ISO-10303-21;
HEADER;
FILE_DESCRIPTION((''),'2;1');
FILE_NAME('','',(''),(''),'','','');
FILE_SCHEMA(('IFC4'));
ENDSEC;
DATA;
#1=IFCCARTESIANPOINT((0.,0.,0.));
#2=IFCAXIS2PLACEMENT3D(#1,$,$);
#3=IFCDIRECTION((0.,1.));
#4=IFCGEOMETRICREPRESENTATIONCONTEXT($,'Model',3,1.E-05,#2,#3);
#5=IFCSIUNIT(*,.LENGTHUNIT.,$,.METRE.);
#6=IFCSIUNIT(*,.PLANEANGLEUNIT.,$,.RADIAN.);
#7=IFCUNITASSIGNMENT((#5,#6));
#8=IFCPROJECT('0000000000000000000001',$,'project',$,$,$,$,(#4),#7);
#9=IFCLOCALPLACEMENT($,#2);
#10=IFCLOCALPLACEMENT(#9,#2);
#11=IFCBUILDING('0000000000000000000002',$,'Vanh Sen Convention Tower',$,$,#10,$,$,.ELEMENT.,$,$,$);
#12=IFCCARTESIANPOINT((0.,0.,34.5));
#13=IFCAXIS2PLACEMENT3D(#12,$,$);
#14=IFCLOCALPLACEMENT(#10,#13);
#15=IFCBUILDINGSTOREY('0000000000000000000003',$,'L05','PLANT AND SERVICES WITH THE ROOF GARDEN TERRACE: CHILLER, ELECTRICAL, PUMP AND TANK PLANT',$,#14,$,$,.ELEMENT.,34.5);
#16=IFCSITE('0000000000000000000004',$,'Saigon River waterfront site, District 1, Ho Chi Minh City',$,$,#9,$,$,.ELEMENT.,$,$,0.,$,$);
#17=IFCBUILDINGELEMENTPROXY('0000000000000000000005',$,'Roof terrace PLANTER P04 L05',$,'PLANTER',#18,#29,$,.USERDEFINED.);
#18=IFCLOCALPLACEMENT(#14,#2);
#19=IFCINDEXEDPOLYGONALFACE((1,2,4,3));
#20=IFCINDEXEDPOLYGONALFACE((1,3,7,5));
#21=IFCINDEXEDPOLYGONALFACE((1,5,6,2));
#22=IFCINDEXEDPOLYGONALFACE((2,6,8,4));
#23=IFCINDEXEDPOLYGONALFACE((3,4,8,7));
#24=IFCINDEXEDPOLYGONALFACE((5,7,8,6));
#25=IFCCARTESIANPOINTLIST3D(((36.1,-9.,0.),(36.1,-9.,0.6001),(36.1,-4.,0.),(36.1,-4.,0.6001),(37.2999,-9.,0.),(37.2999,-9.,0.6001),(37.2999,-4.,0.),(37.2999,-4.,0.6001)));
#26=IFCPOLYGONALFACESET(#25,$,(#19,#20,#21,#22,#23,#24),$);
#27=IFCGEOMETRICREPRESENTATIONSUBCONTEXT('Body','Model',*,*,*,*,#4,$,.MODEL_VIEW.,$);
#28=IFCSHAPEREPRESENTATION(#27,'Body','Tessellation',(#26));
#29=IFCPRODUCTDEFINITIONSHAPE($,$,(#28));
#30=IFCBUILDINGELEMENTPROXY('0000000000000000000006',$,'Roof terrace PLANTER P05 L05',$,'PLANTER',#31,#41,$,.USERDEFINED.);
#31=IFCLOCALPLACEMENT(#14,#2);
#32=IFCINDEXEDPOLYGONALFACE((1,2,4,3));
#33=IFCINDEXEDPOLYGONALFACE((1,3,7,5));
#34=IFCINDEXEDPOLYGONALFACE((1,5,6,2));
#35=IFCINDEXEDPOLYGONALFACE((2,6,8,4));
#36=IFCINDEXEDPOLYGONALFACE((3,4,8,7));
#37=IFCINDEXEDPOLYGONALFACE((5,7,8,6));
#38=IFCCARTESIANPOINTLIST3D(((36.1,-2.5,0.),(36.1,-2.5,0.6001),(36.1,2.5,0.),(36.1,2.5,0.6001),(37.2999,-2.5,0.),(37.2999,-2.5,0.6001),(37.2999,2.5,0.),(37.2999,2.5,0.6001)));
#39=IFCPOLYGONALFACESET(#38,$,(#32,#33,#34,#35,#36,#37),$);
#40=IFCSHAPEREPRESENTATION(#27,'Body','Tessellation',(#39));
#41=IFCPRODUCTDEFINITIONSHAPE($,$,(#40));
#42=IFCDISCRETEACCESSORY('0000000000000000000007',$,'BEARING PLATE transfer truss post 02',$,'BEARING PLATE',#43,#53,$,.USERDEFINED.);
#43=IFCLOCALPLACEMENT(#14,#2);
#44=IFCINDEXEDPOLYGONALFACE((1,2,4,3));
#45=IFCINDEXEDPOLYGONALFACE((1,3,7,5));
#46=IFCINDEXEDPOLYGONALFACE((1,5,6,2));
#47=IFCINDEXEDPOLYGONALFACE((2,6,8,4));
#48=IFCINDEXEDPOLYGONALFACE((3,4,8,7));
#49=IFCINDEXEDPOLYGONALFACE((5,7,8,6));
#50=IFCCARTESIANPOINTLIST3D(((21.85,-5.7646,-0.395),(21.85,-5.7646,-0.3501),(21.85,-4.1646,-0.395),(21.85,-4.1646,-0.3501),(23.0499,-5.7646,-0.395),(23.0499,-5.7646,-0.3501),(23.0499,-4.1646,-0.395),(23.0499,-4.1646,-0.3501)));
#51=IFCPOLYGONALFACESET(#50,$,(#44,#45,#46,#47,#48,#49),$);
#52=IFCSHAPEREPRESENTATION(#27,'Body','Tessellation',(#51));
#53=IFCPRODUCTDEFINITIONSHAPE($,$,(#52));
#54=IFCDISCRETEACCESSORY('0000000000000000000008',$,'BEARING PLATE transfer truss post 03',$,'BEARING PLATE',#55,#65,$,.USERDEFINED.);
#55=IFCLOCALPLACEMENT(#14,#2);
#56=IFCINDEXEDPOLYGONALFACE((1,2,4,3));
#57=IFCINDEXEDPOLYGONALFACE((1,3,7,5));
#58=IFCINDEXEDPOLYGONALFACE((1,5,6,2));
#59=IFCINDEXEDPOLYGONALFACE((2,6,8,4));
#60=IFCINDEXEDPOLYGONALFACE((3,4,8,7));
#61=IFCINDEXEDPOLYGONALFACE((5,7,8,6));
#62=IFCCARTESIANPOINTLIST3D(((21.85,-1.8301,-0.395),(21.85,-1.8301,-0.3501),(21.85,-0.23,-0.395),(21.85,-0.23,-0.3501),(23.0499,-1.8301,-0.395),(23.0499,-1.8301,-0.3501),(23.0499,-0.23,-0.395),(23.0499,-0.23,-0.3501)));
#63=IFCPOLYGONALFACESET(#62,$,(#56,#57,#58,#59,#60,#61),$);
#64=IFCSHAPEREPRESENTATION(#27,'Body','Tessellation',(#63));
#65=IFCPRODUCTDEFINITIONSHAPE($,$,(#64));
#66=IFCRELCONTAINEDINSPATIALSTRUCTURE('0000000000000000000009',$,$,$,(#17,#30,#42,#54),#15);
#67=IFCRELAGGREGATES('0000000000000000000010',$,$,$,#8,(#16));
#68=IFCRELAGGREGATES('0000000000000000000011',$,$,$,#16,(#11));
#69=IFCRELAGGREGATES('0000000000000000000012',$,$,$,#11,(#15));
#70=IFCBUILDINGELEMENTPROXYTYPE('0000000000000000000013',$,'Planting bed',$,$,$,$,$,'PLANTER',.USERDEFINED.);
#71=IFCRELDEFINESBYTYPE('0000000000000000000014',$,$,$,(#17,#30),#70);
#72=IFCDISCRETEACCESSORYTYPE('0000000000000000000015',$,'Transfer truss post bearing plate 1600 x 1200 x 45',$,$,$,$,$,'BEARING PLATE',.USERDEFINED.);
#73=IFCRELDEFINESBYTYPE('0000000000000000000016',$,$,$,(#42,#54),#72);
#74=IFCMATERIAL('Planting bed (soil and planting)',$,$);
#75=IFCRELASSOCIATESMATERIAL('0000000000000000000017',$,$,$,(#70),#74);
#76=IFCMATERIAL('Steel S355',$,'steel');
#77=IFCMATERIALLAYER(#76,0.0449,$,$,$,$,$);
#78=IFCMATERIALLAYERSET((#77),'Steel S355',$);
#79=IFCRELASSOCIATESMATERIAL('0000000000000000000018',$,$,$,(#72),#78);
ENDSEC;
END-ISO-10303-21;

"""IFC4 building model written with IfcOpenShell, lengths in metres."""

from ifc_helpers import new_model, si_unit, direction, frame, origin, origin_2d, place, context, subcontext, project, spatial, rectangle, extrude, material, layer, layer_set, type_object, element, save


model = new_model("IFC4")

# Units and contexts
model_context = context("Model", 3, precision=1e-05, world=origin(), true_north=direction((0.0, 1.0)))
body_context = subcontext(model_context, "Body", "Model", "MODEL_VIEW")
ifc_project = project(units=[si_unit("LENGTHUNIT", "METRE"), si_unit("PLANEANGLEUNIT", "RADIAN")], contexts=[model_context])

# Site, building, storey
site_placement = place(None, origin())
site = spatial("IfcSite", under=ifc_project, at=site_placement, Name="Saigon River waterfront site, District 1, Ho Chi Minh City", CompositionType="ELEMENT", RefElevation=0.0)
building_placement = place(site_placement, origin())
building = spatial("IfcBuilding", under=site, at=building_placement, Name="Vanh Sen Convention Tower", CompositionType="ELEMENT")
storey_placement = place(building_placement, frame((0.0, 0.0, 34.5)))
storey = spatial("IfcBuildingStorey", under=building, at=storey_placement, Name="L05", Description="PLANT AND SERVICES WITH THE ROOF GARDEN TERRACE: CHILLER, ELECTRICAL, PUMP AND TANK PLANT", CompositionType="ELEMENT", Elevation=34.5)

# Shared definitions
ifc_material_1 = material(Name="Steel S355", Category="steel")

# Building element proxies
ifc_material_2 = material(Name="Planting bed (soil and planting)")
building_element_proxy_type = type_object("IfcBuildingElementProxyType", Name="Planting bed", ElementType="PLANTER", PredefinedType="USERDEFINED", material=ifc_material_2)
for number, where, z_axis, x_axis, name in (
    (1, (36.7, -6.5, 0.0), (0.0, 0.0, 1.0), (1.0, 0.0, 0.0), "Roof terrace PLANTER P04 L05"),
    (2, (36.7, 0.0, 0.0), (0.0, 0.0, 1.0), (1.0, 0.0, 0.0), "Roof terrace PLANTER P05 L05"),
):
    element("IfcBuildingElementProxy", number, at=place(storey_placement, frame(where, z_axis=z_axis, x_axis=x_axis)), inside=storey, type_object=building_element_proxy_type, Name=name, ObjectType="PLANTER", PredefinedType="USERDEFINED", context=body_context, shape_type="SweptSolid", body=[
        extrude(rectangle(XDim=1.2, YDim=5.0, at=origin_2d()), origin(), (0.0, 0.0, 1.0), 0.6001),
    ])

# Discrete accessories
ifc_layer_1 = layer(ifc_material_1, 0.0449)
ifc_layer_set_1 = layer_set([ifc_layer_1], Name="Steel S355")
discrete_accessory_type_1 = type_object("IfcDiscreteAccessoryType", Name="Transfer truss post bearing plate 1600 x 1200 x 45", ElementType="BEARING PLATE", PredefinedType="USERDEFINED", material=ifc_layer_set_1)
for number, where, z_axis, x_axis, name in (
    (3, (22.45, -4.9646, -0.395), (0.0, 0.0, 1.0), (0.0, 1.0, 0.0), "BEARING PLATE transfer truss post 02"),
    (4, (22.45, -1.03, -0.395), (0.0, 0.0, 1.0), (0.0, 1.0, 0.0), "BEARING PLATE transfer truss post 03"),
):
    element("IfcDiscreteAccessory", number, at=place(storey_placement, frame(where, z_axis=z_axis, x_axis=x_axis)), inside=storey, type_object=discrete_accessory_type_1, Name=name, ObjectType="BEARING PLATE", PredefinedType="USERDEFINED", context=body_context, shape_type="SweptSolid", body=[
        extrude(rectangle(XDim=1.6001, YDim=1.2, at=origin_2d()), origin(), (0.0, 0.0, 1.0), 0.0449),
    ])

save(model, "model.ifc")
